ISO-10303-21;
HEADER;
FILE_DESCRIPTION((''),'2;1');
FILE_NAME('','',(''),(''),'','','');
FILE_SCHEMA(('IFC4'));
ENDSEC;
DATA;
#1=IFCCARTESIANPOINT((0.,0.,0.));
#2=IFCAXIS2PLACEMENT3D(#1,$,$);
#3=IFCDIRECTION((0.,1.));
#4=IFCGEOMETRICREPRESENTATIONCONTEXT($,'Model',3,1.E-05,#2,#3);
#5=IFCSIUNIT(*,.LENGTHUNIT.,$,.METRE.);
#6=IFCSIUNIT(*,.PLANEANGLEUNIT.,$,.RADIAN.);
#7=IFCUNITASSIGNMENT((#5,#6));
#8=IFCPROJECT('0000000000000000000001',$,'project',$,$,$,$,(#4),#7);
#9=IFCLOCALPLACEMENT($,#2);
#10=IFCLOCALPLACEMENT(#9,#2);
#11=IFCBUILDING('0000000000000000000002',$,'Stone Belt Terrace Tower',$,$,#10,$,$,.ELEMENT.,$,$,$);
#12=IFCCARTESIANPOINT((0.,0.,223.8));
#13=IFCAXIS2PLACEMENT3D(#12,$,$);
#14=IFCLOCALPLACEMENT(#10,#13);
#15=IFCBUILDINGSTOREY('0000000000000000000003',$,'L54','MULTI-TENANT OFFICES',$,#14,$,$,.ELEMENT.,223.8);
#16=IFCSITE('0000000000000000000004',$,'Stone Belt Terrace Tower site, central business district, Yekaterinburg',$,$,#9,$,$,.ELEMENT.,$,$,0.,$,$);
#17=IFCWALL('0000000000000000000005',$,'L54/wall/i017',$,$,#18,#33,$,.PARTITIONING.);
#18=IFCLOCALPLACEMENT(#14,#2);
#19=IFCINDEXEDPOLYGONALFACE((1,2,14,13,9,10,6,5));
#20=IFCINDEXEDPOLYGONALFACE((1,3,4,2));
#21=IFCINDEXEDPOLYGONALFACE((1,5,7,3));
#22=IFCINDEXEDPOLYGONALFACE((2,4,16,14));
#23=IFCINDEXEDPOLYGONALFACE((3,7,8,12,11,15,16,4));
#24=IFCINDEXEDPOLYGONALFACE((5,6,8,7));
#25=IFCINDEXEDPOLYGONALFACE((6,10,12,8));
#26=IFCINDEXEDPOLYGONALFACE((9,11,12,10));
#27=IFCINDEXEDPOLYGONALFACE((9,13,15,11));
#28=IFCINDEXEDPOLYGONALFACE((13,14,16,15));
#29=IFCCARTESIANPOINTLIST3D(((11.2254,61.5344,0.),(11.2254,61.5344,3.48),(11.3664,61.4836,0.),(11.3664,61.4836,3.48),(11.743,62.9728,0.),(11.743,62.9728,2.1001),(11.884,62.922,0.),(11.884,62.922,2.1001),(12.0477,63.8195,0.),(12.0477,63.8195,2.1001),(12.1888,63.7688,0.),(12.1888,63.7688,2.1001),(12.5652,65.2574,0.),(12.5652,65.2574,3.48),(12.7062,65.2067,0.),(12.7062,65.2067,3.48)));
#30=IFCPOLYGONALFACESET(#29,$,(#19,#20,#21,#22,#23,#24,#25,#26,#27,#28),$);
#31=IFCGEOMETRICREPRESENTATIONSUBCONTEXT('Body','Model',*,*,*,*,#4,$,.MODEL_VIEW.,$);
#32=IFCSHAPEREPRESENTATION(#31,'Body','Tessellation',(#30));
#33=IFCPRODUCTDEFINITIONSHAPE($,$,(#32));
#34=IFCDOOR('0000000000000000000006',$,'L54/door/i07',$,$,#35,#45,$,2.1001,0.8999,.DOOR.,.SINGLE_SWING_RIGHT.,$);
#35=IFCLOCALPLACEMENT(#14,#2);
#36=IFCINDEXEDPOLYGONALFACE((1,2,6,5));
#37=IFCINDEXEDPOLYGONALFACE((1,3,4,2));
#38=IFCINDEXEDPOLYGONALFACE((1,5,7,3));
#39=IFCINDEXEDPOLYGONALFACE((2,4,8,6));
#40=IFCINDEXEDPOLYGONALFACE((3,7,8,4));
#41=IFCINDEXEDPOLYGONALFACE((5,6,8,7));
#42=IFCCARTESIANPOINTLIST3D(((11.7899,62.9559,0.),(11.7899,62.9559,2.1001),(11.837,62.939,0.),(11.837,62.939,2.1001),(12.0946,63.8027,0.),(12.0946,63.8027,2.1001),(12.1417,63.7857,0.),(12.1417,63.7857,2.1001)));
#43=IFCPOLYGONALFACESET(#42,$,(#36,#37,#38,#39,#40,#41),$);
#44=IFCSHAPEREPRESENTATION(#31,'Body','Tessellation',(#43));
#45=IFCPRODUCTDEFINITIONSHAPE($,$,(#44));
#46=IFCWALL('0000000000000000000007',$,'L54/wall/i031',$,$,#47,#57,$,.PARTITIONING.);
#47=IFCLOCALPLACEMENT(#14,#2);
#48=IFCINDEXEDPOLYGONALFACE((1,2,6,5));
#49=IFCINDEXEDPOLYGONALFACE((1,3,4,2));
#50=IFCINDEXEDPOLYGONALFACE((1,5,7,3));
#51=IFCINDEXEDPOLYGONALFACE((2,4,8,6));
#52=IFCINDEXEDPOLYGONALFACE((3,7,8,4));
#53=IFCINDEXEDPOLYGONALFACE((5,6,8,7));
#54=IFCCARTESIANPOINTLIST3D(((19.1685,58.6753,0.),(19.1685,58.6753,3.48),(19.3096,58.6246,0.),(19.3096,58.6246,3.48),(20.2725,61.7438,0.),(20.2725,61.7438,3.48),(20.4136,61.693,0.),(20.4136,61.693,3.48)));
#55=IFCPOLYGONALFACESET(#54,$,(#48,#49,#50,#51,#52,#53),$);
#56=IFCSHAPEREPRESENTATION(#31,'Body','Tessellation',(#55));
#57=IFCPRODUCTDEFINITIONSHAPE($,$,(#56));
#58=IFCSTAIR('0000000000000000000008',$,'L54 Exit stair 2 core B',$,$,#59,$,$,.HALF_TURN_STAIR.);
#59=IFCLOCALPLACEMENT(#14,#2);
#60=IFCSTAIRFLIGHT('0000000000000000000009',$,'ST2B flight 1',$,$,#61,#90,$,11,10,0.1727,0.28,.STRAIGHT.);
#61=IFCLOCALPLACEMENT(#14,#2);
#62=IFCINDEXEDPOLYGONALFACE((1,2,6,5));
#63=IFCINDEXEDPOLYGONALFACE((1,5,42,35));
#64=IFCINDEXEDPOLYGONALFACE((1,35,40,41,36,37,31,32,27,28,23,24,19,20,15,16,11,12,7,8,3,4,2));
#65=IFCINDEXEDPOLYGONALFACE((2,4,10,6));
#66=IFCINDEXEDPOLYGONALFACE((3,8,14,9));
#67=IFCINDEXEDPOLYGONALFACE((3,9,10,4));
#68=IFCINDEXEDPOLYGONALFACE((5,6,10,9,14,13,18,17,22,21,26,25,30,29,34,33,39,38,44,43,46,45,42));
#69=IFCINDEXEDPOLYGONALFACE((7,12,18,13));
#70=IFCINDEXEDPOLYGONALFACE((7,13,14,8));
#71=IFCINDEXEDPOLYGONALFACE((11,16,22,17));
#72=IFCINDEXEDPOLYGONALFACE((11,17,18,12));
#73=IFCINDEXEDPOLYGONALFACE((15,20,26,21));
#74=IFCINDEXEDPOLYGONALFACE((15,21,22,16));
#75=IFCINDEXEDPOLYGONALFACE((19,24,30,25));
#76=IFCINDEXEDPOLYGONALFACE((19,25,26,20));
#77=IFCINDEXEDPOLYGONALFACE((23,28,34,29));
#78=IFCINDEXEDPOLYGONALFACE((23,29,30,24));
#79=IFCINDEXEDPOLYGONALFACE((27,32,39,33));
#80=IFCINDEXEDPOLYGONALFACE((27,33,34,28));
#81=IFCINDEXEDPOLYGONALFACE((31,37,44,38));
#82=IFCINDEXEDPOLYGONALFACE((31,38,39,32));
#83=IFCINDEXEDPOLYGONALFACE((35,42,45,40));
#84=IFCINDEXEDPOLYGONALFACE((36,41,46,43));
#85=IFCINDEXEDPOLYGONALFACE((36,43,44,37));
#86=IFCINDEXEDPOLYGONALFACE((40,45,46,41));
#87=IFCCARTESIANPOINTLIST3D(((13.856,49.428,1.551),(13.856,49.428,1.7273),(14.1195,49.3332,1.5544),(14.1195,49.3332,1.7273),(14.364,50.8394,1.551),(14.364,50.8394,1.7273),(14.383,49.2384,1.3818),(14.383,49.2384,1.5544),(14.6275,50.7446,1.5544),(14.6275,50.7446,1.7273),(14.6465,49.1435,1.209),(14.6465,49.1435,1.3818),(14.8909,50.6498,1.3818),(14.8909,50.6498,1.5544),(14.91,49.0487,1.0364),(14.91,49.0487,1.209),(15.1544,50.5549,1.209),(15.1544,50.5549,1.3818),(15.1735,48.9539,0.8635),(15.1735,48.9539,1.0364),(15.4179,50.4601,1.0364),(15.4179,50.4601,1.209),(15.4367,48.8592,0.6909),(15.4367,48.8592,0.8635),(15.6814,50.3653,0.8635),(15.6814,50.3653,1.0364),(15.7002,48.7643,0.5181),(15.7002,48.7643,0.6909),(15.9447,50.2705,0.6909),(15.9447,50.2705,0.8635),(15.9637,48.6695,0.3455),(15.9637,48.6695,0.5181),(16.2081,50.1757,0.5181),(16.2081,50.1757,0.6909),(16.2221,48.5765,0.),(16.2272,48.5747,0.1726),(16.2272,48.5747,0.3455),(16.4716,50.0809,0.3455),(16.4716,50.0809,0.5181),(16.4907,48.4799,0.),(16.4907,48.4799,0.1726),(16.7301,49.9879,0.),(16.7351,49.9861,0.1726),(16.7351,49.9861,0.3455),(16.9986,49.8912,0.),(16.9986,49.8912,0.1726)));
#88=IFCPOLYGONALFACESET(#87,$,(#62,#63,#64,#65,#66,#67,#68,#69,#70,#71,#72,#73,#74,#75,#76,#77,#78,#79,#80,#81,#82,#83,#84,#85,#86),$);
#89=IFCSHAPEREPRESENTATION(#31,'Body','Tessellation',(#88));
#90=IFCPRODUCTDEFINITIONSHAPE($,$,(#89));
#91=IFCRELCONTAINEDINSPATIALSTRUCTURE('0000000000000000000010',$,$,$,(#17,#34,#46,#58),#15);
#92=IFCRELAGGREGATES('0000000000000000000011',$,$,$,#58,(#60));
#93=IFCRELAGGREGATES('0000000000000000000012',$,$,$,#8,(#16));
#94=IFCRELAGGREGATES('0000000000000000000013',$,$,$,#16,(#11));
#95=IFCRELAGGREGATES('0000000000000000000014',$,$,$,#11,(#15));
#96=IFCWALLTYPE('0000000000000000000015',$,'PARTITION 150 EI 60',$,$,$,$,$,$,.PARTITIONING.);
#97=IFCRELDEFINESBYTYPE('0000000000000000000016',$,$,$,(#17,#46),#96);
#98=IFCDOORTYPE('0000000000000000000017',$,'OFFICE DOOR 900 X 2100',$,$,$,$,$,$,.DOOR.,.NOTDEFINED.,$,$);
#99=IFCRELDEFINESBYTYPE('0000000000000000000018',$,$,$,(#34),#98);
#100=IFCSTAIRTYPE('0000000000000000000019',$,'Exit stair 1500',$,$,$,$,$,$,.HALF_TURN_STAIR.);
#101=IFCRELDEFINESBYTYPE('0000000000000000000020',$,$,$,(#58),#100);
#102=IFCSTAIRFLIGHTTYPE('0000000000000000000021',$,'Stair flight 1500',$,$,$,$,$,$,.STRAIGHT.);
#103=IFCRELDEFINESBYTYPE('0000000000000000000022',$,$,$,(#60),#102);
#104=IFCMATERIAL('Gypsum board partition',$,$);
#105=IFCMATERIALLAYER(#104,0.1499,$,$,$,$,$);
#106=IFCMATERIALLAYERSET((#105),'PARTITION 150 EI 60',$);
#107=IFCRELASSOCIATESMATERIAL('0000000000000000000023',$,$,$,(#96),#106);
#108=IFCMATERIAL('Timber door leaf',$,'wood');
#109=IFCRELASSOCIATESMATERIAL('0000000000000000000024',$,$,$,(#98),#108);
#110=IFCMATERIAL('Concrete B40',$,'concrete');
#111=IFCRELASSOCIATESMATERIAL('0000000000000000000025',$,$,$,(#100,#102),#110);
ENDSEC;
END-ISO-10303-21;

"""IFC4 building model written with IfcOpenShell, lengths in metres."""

from ifc_helpers import new_model, si_unit, direction, frame, frame_2d, origin, place, context, subcontext, project, spatial, polyline, rectangle, outline, extrude, material, layer, layer_set, type_object, element, fill, aggregate, save


model = new_model("IFC4")

# Units and contexts
model_context = context("Model", 3, precision=1e-05, world=origin(), true_north=direction((0.0, 1.0)))
body_context = subcontext(model_context, "Body", "Model", "MODEL_VIEW")
ifc_project = project(units=[si_unit("LENGTHUNIT", "METRE"), si_unit("PLANEANGLEUNIT", "RADIAN")], contexts=[model_context])

# Site, building, storey
site_placement = place(None, origin())
site = spatial("IfcSite", under=ifc_project, at=site_placement, Name="Stone Belt Terrace Tower site, central business district, Yekaterinburg", CompositionType="ELEMENT", RefElevation=0.0)
building_placement = place(site_placement, origin())
building = spatial("IfcBuilding", under=site, at=building_placement, Name="Stone Belt Terrace Tower", CompositionType="ELEMENT")
storey_placement = place(building_placement, frame((0.0, 0.0, 223.8)))
storey = spatial("IfcBuildingStorey", under=building, at=storey_placement, Name="L54", Description="MULTI-TENANT OFFICES", CompositionType="ELEMENT", Elevation=223.8)

# Shared definitions
ifc_material_1 = material(Name="Timber door leaf", Category="wood")

# Wall, opening, door
ifc_material_2 = material(Name="Gypsum board partition")
ifc_layer_1 = layer(ifc_material_2, 0.1499)
ifc_layer_set_1 = layer_set([ifc_layer_1], Name="PARTITION 150 EI 60")
wall_type_1 = type_object("IfcWallType", Name="PARTITION 150 EI 60", PredefinedType="PARTITIONING", material=ifc_layer_set_1)
wall_1_placement = place(storey_placement, frame((12.6357, 65.2322, 0.0), z_axis=(0.0, 0.0, 1.0), x_axis=(-0.33861, -0.940927, 0.0)))
wall_1 = element("IfcWall", 1, at=wall_1_placement, inside=storey, type_object=wall_type_1, Name="L54/wall/i017", PredefinedType="PARTITIONING", context=body_context, shape_type="SweptSolid", body=[
    extrude(rectangle(XDim=3.9568, YDim=0.1499, at=frame_2d((1.9785, 0.0))), origin(), (0.0, 0.0, 1.0), 3.48),
])
opening_1_placement = place(wall_1_placement, frame((1.5283, 0.0, 0.0)))
opening_1 = element("IfcOpeningElement", 2, at=opening_1_placement, cuts=wall_1, PredefinedType="OPENING", context=body_context, shape_type="SweptSolid", body=[
    extrude(rectangle(XDim=0.8999, YDim=2.1001, at=frame_2d((0.45, 1.05))), frame((0.0, 0.085, 0.0), z_axis=(0.0, -1.0, 0.0), x_axis=(1.0, 0.0, 0.0)), (0.0, 0.0, 1.0), 0.1699),
])
door_type_1 = type_object("IfcDoorType", Name="OFFICE DOOR 900 X 2100", OperationType="NOTDEFINED", PredefinedType="DOOR", material=ifc_material_1)
door_1_placement = place(opening_1_placement, origin())
door_1 = element("IfcDoor", 3, at=door_1_placement, inside=storey, type_object=door_type_1, Name="L54/door/i07", OperationType="SINGLE_SWING_RIGHT", OverallHeight=2.1001, OverallWidth=0.8999, PredefinedType="DOOR", context=body_context, shape_type="SweptSolid", body=[
    extrude(rectangle(XDim=0.8999, YDim=2.1001, at=frame_2d((0.45, 1.05))), frame((0.0, 0.0249, 0.0), z_axis=(0.0, -1.0, 0.0), x_axis=(1.0, 0.0, 0.0)), (0.0, 0.0, 1.0), 0.05),
])
fill(opening_1, door_1)

# Wall
wall_2_placement = place(storey_placement, frame((20.343, 61.7183, 0.0), z_axis=(0.0, 0.0, 1.0), x_axis=(-0.338555, -0.940947, 0.0)))
element("IfcWall", 4, at=wall_2_placement, inside=storey, type_object=wall_type_1, Name="L54/wall/i031", PredefinedType="PARTITIONING", context=body_context, shape_type="SweptSolid", body=[
    extrude(rectangle(XDim=3.261, YDim=0.1499, at=frame_2d((1.6304, 0.0))), origin(), (0.0, 0.0, 1.0), 3.48),
])

# Stair, stair flight
ifc_material_3 = material(Name="Concrete B40", Category="concrete")
stair_type = type_object("IfcStairType", Name="Exit stair 1500", PredefinedType="HALF_TURN_STAIR", material=ifc_material_3)
stair_placement = place(storey_placement, origin())
stair = element("IfcStair", 5, at=stair_placement, inside=storey, type_object=stair_type, Name="L54 Exit stair 2 core B", PredefinedType="HALF_TURN_STAIR")
stair_flight_type = type_object("IfcStairFlightType", Name="Stair flight 1500", PredefinedType="STRAIGHT", material=ifc_material_3)
stair_flight_placement = place(storey_placement, frame((16.7446, 49.1855, 0.0), z_axis=(0.0, 0.0, 1.0), x_axis=(-0.940922, 0.338624, 0.0)))
stair_flight = element("IfcStairFlight", 6, at=stair_flight_placement, type_object=stair_flight_type, Name="ST2B flight 1", NumberOfRisers=11, NumberOfTreads=10, PredefinedType="STRAIGHT", RiserHeight=0.1727, TreadLength=0.28, context=body_context, shape_type="SweptSolid", body=[
    extrude(outline(polyline([(0.0, 0.0), (0.0, 0.1726), (0.28, 0.1726), (0.28, 0.3455), (0.5601, 0.3455), (0.5601, 0.5181), (0.8401, 0.5181), (0.8401, 0.6909), (1.1201, 0.6909), (1.1201, 0.8635), (1.3999, 0.8635), (1.3999, 1.0364), (1.6799, 1.0364), (1.6799, 1.209), (1.96, 1.209), (1.96, 1.3818), (2.24, 1.3818), (2.24, 1.5544), (2.52, 1.5544), (2.52, 1.7273), (2.8, 1.7273), (2.8, 1.8999), (2.8, 1.551), (0.2854, 0.0), (0.0, 0.0)])), frame((0.0, 0.75, 0.0), z_axis=(0.0, -1.0, 0.0), x_axis=(1.0, 0.0, 0.0)), (0.0, 0.0, 1.0), 1.5),
])
aggregate(stair, [stair_flight])

save(model, "model.ifc")
